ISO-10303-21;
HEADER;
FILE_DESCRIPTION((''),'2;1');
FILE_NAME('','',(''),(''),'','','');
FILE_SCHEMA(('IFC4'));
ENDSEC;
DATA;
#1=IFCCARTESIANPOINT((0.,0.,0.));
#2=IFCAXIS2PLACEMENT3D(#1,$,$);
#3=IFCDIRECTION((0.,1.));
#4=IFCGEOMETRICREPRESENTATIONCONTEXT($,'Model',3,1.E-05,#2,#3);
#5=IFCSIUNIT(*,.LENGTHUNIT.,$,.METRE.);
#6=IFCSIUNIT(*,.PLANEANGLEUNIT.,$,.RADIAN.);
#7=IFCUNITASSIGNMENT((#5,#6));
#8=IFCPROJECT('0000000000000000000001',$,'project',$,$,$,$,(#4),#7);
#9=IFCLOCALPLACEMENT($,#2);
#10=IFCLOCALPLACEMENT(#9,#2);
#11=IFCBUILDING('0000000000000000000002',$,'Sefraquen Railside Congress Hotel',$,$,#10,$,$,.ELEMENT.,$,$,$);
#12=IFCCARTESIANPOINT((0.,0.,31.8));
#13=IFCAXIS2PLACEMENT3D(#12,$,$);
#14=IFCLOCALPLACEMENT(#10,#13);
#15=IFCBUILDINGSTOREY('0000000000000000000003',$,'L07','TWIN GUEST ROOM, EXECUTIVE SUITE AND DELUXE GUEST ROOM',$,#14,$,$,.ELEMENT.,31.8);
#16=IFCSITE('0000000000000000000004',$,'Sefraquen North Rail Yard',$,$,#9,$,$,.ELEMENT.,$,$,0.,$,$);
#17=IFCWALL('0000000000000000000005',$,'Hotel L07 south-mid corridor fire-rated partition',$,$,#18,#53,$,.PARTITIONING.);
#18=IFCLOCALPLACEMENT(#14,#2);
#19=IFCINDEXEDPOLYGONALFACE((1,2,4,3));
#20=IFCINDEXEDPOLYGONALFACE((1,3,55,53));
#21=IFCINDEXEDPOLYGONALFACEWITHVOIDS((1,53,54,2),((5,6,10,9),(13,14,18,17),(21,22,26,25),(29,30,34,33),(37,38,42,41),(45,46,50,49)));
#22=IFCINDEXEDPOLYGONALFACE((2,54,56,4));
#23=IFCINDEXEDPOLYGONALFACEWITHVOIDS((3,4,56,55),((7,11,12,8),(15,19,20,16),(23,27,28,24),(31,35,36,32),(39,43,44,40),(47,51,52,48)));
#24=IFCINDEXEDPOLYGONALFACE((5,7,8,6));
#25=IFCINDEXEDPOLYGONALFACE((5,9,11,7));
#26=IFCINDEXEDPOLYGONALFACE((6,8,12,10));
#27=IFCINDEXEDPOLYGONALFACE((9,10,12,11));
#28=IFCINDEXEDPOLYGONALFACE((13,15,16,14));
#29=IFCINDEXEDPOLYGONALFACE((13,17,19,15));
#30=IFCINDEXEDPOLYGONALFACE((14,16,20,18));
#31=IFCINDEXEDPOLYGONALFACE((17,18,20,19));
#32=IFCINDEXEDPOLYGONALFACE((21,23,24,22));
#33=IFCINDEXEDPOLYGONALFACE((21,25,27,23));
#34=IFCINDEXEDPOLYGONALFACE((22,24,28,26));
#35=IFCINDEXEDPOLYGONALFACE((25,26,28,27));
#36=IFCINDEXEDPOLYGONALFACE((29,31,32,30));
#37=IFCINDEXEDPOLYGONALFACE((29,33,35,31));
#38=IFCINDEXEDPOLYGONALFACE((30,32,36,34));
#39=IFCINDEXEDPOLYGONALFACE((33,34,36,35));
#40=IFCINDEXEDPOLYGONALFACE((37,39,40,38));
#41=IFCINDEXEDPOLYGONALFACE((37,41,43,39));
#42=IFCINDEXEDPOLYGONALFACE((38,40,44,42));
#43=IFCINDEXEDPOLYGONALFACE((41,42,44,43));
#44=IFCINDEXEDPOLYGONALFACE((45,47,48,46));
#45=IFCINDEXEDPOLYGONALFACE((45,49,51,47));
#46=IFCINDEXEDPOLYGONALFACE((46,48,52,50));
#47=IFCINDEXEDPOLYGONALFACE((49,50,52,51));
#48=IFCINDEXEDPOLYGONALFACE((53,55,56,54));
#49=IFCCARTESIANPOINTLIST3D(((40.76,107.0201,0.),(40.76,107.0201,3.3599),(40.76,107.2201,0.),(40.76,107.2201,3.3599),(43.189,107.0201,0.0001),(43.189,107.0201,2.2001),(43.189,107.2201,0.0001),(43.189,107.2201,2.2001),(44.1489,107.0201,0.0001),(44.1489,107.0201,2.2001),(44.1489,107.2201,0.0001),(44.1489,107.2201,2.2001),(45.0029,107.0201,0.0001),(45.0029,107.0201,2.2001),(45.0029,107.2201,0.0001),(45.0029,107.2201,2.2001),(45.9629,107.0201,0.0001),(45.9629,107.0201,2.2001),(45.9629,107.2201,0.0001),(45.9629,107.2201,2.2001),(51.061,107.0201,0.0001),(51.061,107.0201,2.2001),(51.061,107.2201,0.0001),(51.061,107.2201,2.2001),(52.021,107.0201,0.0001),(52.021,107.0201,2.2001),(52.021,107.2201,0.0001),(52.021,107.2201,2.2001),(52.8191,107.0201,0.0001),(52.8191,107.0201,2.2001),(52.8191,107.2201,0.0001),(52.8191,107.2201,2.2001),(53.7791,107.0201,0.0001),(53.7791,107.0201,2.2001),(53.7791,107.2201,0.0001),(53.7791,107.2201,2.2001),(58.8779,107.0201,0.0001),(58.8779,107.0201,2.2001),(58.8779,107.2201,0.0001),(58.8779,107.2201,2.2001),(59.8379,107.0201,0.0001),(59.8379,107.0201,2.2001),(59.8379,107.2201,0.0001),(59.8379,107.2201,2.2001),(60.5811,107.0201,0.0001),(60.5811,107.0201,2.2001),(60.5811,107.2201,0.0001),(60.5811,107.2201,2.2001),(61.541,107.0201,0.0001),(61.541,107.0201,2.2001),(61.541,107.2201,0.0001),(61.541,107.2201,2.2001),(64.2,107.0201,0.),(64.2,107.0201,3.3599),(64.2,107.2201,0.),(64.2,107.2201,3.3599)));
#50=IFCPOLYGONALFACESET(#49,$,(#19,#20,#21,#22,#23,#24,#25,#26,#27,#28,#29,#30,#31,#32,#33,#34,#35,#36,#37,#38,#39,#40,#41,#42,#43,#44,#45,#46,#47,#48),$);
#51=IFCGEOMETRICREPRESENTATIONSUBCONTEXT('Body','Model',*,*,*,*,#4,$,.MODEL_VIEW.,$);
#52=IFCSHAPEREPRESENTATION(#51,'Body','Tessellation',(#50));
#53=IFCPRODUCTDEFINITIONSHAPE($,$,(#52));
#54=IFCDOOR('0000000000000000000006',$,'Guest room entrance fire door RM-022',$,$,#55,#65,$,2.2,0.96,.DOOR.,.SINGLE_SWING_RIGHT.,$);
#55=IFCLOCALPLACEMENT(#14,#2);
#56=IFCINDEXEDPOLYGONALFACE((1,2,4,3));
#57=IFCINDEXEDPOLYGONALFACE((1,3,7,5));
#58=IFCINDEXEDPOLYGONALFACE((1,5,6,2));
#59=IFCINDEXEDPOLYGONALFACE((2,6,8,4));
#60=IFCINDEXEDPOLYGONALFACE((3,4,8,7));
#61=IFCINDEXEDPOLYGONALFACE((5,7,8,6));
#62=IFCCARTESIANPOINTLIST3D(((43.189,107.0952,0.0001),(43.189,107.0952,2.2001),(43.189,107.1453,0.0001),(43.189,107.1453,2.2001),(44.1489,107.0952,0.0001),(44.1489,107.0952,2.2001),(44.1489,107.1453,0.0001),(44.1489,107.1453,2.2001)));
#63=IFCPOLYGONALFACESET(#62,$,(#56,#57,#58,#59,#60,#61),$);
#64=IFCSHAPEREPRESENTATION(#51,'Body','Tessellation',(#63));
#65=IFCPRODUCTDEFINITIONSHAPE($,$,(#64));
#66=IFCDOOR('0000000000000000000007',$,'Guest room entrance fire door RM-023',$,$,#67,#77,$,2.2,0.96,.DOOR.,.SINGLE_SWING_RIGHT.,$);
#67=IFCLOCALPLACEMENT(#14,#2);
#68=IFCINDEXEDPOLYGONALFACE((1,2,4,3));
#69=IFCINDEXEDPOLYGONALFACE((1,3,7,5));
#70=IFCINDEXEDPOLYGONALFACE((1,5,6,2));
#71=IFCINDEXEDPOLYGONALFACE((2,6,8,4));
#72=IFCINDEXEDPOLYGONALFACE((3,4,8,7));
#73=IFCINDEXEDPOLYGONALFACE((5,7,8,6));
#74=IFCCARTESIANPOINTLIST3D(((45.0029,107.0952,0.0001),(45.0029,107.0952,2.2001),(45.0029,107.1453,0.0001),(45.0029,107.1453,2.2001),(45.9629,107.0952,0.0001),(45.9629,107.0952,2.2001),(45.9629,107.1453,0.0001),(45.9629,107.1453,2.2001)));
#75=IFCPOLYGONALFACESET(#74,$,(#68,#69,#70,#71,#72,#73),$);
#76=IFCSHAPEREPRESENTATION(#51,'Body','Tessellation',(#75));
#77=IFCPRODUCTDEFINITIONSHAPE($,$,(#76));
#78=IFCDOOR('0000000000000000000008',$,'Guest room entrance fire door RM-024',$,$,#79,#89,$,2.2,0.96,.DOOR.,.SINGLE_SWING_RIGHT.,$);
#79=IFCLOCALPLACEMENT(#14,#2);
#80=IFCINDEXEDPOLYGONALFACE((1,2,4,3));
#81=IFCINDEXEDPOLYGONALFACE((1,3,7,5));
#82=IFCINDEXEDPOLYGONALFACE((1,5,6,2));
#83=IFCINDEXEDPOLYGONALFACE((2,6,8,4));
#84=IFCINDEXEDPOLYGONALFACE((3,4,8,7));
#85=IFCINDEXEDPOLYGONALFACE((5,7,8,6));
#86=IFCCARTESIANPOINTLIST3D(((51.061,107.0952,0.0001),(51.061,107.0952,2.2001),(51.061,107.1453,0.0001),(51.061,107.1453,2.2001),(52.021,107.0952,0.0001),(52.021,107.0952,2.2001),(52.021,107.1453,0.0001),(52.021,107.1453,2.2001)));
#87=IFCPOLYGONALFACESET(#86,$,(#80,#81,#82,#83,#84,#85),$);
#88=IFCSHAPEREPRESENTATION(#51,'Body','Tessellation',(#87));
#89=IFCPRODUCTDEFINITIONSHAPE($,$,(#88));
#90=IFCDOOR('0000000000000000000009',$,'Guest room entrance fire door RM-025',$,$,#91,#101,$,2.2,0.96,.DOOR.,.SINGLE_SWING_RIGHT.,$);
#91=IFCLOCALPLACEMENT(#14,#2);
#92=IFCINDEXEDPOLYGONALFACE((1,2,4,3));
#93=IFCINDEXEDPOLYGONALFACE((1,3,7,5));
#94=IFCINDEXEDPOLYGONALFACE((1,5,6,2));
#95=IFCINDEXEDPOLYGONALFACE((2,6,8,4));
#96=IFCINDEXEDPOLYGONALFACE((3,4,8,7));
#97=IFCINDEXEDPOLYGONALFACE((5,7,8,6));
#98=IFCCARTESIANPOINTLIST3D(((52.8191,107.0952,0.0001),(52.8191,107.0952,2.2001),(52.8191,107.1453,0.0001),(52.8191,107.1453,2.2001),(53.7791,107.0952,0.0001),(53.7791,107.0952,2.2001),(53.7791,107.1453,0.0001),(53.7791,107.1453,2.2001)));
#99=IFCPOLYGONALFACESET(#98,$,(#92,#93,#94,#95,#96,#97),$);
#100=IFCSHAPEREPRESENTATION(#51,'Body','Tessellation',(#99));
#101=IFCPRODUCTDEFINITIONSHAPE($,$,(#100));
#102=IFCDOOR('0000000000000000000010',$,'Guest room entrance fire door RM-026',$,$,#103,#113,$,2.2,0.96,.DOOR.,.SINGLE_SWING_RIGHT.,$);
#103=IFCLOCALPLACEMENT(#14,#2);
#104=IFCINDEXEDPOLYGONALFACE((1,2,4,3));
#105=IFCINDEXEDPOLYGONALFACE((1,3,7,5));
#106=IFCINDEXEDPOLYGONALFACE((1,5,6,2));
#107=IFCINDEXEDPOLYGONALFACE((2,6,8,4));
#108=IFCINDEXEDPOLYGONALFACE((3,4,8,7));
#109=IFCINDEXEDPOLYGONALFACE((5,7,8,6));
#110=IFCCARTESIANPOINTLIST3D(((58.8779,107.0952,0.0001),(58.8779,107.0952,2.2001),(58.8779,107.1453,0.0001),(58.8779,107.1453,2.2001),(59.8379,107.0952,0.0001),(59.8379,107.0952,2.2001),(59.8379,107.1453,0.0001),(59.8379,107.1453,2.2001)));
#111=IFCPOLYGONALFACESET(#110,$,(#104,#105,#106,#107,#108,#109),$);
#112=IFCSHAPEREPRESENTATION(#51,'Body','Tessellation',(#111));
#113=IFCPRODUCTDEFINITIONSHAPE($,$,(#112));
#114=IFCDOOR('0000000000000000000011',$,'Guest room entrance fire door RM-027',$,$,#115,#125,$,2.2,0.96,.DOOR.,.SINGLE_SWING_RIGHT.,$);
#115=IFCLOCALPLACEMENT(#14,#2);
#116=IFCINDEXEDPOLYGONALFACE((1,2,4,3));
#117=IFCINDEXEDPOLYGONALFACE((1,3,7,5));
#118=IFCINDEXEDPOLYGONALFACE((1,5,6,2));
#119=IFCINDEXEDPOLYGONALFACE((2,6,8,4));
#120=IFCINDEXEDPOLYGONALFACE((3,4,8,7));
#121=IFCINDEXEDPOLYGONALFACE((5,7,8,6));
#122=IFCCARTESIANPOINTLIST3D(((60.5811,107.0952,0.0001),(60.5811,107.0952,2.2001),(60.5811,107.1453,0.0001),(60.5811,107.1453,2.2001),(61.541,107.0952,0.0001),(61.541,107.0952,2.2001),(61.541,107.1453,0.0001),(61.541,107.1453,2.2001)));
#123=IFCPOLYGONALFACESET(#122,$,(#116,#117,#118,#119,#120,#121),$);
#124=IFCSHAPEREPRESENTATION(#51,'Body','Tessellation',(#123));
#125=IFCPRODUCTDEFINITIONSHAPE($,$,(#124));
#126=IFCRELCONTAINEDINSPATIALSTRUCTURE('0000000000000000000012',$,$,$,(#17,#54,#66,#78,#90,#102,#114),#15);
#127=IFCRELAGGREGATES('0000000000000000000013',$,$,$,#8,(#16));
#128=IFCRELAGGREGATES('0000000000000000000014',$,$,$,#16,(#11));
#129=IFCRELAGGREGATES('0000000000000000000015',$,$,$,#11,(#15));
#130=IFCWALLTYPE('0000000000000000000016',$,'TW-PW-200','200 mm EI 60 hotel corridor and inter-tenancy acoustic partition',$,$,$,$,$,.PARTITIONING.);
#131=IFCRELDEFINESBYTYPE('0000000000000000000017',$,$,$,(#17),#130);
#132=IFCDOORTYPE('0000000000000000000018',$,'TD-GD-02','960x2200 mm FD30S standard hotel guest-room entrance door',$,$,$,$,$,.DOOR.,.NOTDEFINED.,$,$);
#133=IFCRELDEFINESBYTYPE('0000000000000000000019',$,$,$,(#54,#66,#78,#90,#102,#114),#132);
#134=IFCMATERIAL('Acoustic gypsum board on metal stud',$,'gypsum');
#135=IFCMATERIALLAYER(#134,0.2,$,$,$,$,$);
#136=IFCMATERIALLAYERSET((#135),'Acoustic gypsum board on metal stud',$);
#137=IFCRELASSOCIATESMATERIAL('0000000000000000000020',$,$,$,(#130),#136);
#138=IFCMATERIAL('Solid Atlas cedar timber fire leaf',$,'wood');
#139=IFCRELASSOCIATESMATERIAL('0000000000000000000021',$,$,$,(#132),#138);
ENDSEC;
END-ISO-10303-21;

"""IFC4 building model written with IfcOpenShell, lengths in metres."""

from ifc_helpers import new_model, si_unit, direction, frame, frame_2d, origin, place, context, subcontext, project, spatial, rectangle, extrude, material, layer, layer_set, type_object, element, fill, save


model = new_model("IFC4")

# Units and contexts
model_context = context("Model", 3, precision=1e-05, world=origin(), true_north=direction((0.0, 1.0)))
body_context = subcontext(model_context, "Body", "Model", "MODEL_VIEW")
ifc_project = project(units=[si_unit("LENGTHUNIT", "METRE"), si_unit("PLANEANGLEUNIT", "RADIAN")], contexts=[model_context])

# Site, building, storey
site_placement = place(None, origin())
site = spatial("IfcSite", under=ifc_project, at=site_placement, Name="Sefraquen North Rail Yard", CompositionType="ELEMENT", RefElevation=0.0)
building_placement = place(site_placement, origin())
building = spatial("IfcBuilding", under=site, at=building_placement, Name="Sefraquen Railside Congress Hotel", CompositionType="ELEMENT")
storey_placement = place(building_placement, frame((0.0, 0.0, 31.8)))
storey = spatial("IfcBuildingStorey", under=building, at=storey_placement, Name="L07", Description="TWIN GUEST ROOM, EXECUTIVE SUITE AND DELUXE GUEST ROOM", CompositionType="ELEMENT", Elevation=31.8)

# Shared definitions
ifc_material_1 = material(Name="Acoustic gypsum board on metal stud", Category="gypsum")

# Wall, openings, doors
ifc_layer_1 = layer(ifc_material_1, 0.2)
ifc_layer_set_1 = layer_set([ifc_layer_1], Name="Acoustic gypsum board on metal stud")
wall_type_1 = type_object("IfcWallType", Name="TW-PW-200", Description="200 mm EI 60 hotel corridor and inter-tenancy acoustic partition", PredefinedType="PARTITIONING", material=ifc_layer_set_1)
wall_1_placement = place(storey_placement, frame((40.76, 107.1201, 0.0), z_axis=(0.0, 0.0, 1.0), x_axis=(1.0, 0.0, 0.0)))
wall_1 = element("IfcWall", 1, at=wall_1_placement, inside=storey, type_object=wall_type_1, Name="Hotel L07 south-mid corridor fire-rated partition", PredefinedType="PARTITIONING", context=body_context, shape_type="SweptSolid", body=[
    extrude(rectangle(XDim=23.4399, YDim=0.2, at=frame_2d((11.72, 0.0))), origin(), (0.0, 0.0, 1.0), 3.3599),
])
opening_1_placement = place(wall_1_placement, frame((2.429, 0.0, 0.0)))
opening_1 = element("IfcOpeningElement", 2, at=opening_1_placement, cuts=wall_1, PredefinedType="OPENING", context=body_context, shape_type="SweptSolid", body=[
    extrude(rectangle(XDim=0.96, YDim=2.2, at=frame_2d((0.48, 1.1001))), frame((0.0, 0.1099, 0.0), z_axis=(0.0, -1.0, 0.0), x_axis=(1.0, 0.0, 0.0)), (0.0, 0.0, 1.0), 0.22),
])
opening_2_placement = place(wall_1_placement, frame((4.2429, 0.0, 0.0)))
opening_2 = element("IfcOpeningElement", 3, at=opening_2_placement, cuts=wall_1, PredefinedType="OPENING", context=body_context, shape_type="SweptSolid", body=[
    extrude(rectangle(XDim=0.96, YDim=2.2, at=frame_2d((0.48, 1.1001))), frame((0.0, 0.1099, 0.0), z_axis=(0.0, -1.0, 0.0), x_axis=(1.0, 0.0, 0.0)), (0.0, 0.0, 1.0), 0.22),
])
opening_3_placement = place(wall_1_placement, frame((10.301, 0.0, 0.0)))
opening_3 = element("IfcOpeningElement", 4, at=opening_3_placement, cuts=wall_1, PredefinedType="OPENING", context=body_context, shape_type="SweptSolid", body=[
    extrude(rectangle(XDim=0.96, YDim=2.2, at=frame_2d((0.48, 1.1001))), frame((0.0, 0.1099, 0.0), z_axis=(0.0, -1.0, 0.0), x_axis=(1.0, 0.0, 0.0)), (0.0, 0.0, 1.0), 0.22),
])
opening_4_placement = place(wall_1_placement, frame((12.0591, 0.0, 0.0)))
opening_4 = element("IfcOpeningElement", 5, at=opening_4_placement, cuts=wall_1, PredefinedType="OPENING", context=body_context, shape_type="SweptSolid", body=[
    extrude(rectangle(XDim=0.96, YDim=2.2, at=frame_2d((0.48, 1.1001))), frame((0.0, 0.1099, 0.0), z_axis=(0.0, -1.0, 0.0), x_axis=(1.0, 0.0, 0.0)), (0.0, 0.0, 1.0), 0.22),
])
opening_5_placement = place(wall_1_placement, frame((18.1179, 0.0, 0.0)))
opening_5 = element("IfcOpeningElement", 6, at=opening_5_placement, cuts=wall_1, PredefinedType="OPENING", context=body_context, shape_type="SweptSolid", body=[
    extrude(rectangle(XDim=0.96, YDim=2.2, at=frame_2d((0.48, 1.1001))), frame((0.0, 0.1099, 0.0), z_axis=(0.0, -1.0, 0.0), x_axis=(1.0, 0.0, 0.0)), (0.0, 0.0, 1.0), 0.22),
])
opening_6_placement = place(wall_1_placement, frame((19.821, 0.0, 0.0)))
opening_6 = element("IfcOpeningElement", 7, at=opening_6_placement, cuts=wall_1, PredefinedType="OPENING", context=body_context, shape_type="SweptSolid", body=[
    extrude(rectangle(XDim=0.96, YDim=2.2, at=frame_2d((0.48, 1.1001))), frame((0.0, 0.1099, 0.0), z_axis=(0.0, -1.0, 0.0), x_axis=(1.0, 0.0, 0.0)), (0.0, 0.0, 1.0), 0.22),
])
ifc_material_2 = material(Name="Solid Atlas cedar timber fire leaf", Category="wood")
door_type_1 = type_object("IfcDoorType", Name="TD-GD-02", Description="960x2200 mm FD30S standard hotel guest-room entrance door", OperationType="NOTDEFINED", PredefinedType="DOOR", material=ifc_material_2)
door_1_placement = place(opening_1_placement, frame((0.96, 0.0, 0.0), z_axis=(0.0, 0.0, 1.0), x_axis=(-1.0, 0.0, 0.0)))
door_1 = element("IfcDoor", 8, at=door_1_placement, inside=storey, type_object=door_type_1, Name="Guest room entrance fire door RM-022", OperationType="SINGLE_SWING_RIGHT", OverallHeight=2.2, OverallWidth=0.96, PredefinedType="DOOR", context=body_context, shape_type="SweptSolid", body=[
    extrude(rectangle(XDim=0.96, YDim=2.2, at=frame_2d((0.48, 1.1001))), frame((0.0, 0.0249, 0.0), z_axis=(0.0, -1.0, 0.0), x_axis=(1.0, 0.0, 0.0)), (0.0, 0.0, 1.0), 0.05),
])
fill(opening_1, door_1)
door_2_placement = place(opening_2_placement, frame((0.96, 0.0, 0.0), z_axis=(0.0, 0.0, 1.0), x_axis=(-1.0, 0.0, 0.0)))
door_2 = element("IfcDoor", 9, at=door_2_placement, inside=storey, type_object=door_type_1, Name="Guest room entrance fire door RM-023", OperationType="SINGLE_SWING_RIGHT", OverallHeight=2.2, OverallWidth=0.96, PredefinedType="DOOR", context=body_context, shape_type="SweptSolid", body=[
    extrude(rectangle(XDim=0.96, YDim=2.2, at=frame_2d((0.48, 1.1001))), frame((0.0, 0.0249, 0.0), z_axis=(0.0, -1.0, 0.0), x_axis=(1.0, 0.0, 0.0)), (0.0, 0.0, 1.0), 0.05),
])
fill(opening_2, door_2)
door_3_placement = place(opening_3_placement, frame((0.96, 0.0, 0.0), z_axis=(0.0, 0.0, 1.0), x_axis=(-1.0, 0.0, 0.0)))
door_3 = element("IfcDoor", 10, at=door_3_placement, inside=storey, type_object=door_type_1, Name="Guest room entrance fire door RM-024", OperationType="SINGLE_SWING_RIGHT", OverallHeight=2.2, OverallWidth=0.96, PredefinedType="DOOR", context=body_context, shape_type="SweptSolid", body=[
    extrude(rectangle(XDim=0.96, YDim=2.2, at=frame_2d((0.48, 1.1001))), frame((0.0, 0.0249, 0.0), z_axis=(0.0, -1.0, 0.0), x_axis=(1.0, 0.0, 0.0)), (0.0, 0.0, 1.0), 0.05),
])
fill(opening_3, door_3)
door_4_placement = place(opening_4_placement, frame((0.96, 0.0, 0.0), z_axis=(0.0, 0.0, 1.0), x_axis=(-1.0, 0.0, 0.0)))
door_4 = element("IfcDoor", 11, at=door_4_placement, inside=storey, type_object=door_type_1, Name="Guest room entrance fire door RM-025", OperationType="SINGLE_SWING_RIGHT", OverallHeight=2.2, OverallWidth=0.96, PredefinedType="DOOR", context=body_context, shape_type="SweptSolid", body=[
    extrude(rectangle(XDim=0.96, YDim=2.2, at=frame_2d((0.48, 1.1001))), frame((0.0, 0.0249, 0.0), z_axis=(0.0, -1.0, 0.0), x_axis=(1.0, 0.0, 0.0)), (0.0, 0.0, 1.0), 0.05),
])
fill(opening_4, door_4)
door_5_placement = place(opening_5_placement, frame((0.96, 0.0, 0.0), z_axis=(0.0, 0.0, 1.0), x_axis=(-1.0, 0.0, 0.0)))
door_5 = element("IfcDoor", 12, at=door_5_placement, inside=storey, type_object=door_type_1, Name="Guest room entrance fire door RM-026", OperationType="SINGLE_SWING_RIGHT", OverallHeight=2.2, OverallWidth=0.96, PredefinedType="DOOR", context=body_context, shape_type="SweptSolid", body=[
    extrude(rectangle(XDim=0.96, YDim=2.2, at=frame_2d((0.48, 1.1001))), frame((0.0, 0.0249, 0.0), z_axis=(0.0, -1.0, 0.0), x_axis=(1.0, 0.0, 0.0)), (0.0, 0.0, 1.0), 0.05),
])
fill(opening_5, door_5)
door_6_placement = place(opening_6_placement, frame((0.96, 0.0, 0.0), z_axis=(0.0, 0.0, 1.0), x_axis=(-1.0, 0.0, 0.0)))
door_6 = element("IfcDoor", 13, at=door_6_placement, inside=storey, type_object=door_type_1, Name="Guest room entrance fire door RM-027", OperationType="SINGLE_SWING_RIGHT", OverallHeight=2.2, OverallWidth=0.96, PredefinedType="DOOR", context=body_context, shape_type="SweptSolid", body=[
    extrude(rectangle(XDim=0.96, YDim=2.2, at=frame_2d((0.48, 1.1001))), frame((0.0, 0.0249, 0.0), z_axis=(0.0, -1.0, 0.0), x_axis=(1.0, 0.0, 0.0)), (0.0, 0.0, 1.0), 0.05),
])
fill(opening_6, door_6)

save(model, "model.ifc")
